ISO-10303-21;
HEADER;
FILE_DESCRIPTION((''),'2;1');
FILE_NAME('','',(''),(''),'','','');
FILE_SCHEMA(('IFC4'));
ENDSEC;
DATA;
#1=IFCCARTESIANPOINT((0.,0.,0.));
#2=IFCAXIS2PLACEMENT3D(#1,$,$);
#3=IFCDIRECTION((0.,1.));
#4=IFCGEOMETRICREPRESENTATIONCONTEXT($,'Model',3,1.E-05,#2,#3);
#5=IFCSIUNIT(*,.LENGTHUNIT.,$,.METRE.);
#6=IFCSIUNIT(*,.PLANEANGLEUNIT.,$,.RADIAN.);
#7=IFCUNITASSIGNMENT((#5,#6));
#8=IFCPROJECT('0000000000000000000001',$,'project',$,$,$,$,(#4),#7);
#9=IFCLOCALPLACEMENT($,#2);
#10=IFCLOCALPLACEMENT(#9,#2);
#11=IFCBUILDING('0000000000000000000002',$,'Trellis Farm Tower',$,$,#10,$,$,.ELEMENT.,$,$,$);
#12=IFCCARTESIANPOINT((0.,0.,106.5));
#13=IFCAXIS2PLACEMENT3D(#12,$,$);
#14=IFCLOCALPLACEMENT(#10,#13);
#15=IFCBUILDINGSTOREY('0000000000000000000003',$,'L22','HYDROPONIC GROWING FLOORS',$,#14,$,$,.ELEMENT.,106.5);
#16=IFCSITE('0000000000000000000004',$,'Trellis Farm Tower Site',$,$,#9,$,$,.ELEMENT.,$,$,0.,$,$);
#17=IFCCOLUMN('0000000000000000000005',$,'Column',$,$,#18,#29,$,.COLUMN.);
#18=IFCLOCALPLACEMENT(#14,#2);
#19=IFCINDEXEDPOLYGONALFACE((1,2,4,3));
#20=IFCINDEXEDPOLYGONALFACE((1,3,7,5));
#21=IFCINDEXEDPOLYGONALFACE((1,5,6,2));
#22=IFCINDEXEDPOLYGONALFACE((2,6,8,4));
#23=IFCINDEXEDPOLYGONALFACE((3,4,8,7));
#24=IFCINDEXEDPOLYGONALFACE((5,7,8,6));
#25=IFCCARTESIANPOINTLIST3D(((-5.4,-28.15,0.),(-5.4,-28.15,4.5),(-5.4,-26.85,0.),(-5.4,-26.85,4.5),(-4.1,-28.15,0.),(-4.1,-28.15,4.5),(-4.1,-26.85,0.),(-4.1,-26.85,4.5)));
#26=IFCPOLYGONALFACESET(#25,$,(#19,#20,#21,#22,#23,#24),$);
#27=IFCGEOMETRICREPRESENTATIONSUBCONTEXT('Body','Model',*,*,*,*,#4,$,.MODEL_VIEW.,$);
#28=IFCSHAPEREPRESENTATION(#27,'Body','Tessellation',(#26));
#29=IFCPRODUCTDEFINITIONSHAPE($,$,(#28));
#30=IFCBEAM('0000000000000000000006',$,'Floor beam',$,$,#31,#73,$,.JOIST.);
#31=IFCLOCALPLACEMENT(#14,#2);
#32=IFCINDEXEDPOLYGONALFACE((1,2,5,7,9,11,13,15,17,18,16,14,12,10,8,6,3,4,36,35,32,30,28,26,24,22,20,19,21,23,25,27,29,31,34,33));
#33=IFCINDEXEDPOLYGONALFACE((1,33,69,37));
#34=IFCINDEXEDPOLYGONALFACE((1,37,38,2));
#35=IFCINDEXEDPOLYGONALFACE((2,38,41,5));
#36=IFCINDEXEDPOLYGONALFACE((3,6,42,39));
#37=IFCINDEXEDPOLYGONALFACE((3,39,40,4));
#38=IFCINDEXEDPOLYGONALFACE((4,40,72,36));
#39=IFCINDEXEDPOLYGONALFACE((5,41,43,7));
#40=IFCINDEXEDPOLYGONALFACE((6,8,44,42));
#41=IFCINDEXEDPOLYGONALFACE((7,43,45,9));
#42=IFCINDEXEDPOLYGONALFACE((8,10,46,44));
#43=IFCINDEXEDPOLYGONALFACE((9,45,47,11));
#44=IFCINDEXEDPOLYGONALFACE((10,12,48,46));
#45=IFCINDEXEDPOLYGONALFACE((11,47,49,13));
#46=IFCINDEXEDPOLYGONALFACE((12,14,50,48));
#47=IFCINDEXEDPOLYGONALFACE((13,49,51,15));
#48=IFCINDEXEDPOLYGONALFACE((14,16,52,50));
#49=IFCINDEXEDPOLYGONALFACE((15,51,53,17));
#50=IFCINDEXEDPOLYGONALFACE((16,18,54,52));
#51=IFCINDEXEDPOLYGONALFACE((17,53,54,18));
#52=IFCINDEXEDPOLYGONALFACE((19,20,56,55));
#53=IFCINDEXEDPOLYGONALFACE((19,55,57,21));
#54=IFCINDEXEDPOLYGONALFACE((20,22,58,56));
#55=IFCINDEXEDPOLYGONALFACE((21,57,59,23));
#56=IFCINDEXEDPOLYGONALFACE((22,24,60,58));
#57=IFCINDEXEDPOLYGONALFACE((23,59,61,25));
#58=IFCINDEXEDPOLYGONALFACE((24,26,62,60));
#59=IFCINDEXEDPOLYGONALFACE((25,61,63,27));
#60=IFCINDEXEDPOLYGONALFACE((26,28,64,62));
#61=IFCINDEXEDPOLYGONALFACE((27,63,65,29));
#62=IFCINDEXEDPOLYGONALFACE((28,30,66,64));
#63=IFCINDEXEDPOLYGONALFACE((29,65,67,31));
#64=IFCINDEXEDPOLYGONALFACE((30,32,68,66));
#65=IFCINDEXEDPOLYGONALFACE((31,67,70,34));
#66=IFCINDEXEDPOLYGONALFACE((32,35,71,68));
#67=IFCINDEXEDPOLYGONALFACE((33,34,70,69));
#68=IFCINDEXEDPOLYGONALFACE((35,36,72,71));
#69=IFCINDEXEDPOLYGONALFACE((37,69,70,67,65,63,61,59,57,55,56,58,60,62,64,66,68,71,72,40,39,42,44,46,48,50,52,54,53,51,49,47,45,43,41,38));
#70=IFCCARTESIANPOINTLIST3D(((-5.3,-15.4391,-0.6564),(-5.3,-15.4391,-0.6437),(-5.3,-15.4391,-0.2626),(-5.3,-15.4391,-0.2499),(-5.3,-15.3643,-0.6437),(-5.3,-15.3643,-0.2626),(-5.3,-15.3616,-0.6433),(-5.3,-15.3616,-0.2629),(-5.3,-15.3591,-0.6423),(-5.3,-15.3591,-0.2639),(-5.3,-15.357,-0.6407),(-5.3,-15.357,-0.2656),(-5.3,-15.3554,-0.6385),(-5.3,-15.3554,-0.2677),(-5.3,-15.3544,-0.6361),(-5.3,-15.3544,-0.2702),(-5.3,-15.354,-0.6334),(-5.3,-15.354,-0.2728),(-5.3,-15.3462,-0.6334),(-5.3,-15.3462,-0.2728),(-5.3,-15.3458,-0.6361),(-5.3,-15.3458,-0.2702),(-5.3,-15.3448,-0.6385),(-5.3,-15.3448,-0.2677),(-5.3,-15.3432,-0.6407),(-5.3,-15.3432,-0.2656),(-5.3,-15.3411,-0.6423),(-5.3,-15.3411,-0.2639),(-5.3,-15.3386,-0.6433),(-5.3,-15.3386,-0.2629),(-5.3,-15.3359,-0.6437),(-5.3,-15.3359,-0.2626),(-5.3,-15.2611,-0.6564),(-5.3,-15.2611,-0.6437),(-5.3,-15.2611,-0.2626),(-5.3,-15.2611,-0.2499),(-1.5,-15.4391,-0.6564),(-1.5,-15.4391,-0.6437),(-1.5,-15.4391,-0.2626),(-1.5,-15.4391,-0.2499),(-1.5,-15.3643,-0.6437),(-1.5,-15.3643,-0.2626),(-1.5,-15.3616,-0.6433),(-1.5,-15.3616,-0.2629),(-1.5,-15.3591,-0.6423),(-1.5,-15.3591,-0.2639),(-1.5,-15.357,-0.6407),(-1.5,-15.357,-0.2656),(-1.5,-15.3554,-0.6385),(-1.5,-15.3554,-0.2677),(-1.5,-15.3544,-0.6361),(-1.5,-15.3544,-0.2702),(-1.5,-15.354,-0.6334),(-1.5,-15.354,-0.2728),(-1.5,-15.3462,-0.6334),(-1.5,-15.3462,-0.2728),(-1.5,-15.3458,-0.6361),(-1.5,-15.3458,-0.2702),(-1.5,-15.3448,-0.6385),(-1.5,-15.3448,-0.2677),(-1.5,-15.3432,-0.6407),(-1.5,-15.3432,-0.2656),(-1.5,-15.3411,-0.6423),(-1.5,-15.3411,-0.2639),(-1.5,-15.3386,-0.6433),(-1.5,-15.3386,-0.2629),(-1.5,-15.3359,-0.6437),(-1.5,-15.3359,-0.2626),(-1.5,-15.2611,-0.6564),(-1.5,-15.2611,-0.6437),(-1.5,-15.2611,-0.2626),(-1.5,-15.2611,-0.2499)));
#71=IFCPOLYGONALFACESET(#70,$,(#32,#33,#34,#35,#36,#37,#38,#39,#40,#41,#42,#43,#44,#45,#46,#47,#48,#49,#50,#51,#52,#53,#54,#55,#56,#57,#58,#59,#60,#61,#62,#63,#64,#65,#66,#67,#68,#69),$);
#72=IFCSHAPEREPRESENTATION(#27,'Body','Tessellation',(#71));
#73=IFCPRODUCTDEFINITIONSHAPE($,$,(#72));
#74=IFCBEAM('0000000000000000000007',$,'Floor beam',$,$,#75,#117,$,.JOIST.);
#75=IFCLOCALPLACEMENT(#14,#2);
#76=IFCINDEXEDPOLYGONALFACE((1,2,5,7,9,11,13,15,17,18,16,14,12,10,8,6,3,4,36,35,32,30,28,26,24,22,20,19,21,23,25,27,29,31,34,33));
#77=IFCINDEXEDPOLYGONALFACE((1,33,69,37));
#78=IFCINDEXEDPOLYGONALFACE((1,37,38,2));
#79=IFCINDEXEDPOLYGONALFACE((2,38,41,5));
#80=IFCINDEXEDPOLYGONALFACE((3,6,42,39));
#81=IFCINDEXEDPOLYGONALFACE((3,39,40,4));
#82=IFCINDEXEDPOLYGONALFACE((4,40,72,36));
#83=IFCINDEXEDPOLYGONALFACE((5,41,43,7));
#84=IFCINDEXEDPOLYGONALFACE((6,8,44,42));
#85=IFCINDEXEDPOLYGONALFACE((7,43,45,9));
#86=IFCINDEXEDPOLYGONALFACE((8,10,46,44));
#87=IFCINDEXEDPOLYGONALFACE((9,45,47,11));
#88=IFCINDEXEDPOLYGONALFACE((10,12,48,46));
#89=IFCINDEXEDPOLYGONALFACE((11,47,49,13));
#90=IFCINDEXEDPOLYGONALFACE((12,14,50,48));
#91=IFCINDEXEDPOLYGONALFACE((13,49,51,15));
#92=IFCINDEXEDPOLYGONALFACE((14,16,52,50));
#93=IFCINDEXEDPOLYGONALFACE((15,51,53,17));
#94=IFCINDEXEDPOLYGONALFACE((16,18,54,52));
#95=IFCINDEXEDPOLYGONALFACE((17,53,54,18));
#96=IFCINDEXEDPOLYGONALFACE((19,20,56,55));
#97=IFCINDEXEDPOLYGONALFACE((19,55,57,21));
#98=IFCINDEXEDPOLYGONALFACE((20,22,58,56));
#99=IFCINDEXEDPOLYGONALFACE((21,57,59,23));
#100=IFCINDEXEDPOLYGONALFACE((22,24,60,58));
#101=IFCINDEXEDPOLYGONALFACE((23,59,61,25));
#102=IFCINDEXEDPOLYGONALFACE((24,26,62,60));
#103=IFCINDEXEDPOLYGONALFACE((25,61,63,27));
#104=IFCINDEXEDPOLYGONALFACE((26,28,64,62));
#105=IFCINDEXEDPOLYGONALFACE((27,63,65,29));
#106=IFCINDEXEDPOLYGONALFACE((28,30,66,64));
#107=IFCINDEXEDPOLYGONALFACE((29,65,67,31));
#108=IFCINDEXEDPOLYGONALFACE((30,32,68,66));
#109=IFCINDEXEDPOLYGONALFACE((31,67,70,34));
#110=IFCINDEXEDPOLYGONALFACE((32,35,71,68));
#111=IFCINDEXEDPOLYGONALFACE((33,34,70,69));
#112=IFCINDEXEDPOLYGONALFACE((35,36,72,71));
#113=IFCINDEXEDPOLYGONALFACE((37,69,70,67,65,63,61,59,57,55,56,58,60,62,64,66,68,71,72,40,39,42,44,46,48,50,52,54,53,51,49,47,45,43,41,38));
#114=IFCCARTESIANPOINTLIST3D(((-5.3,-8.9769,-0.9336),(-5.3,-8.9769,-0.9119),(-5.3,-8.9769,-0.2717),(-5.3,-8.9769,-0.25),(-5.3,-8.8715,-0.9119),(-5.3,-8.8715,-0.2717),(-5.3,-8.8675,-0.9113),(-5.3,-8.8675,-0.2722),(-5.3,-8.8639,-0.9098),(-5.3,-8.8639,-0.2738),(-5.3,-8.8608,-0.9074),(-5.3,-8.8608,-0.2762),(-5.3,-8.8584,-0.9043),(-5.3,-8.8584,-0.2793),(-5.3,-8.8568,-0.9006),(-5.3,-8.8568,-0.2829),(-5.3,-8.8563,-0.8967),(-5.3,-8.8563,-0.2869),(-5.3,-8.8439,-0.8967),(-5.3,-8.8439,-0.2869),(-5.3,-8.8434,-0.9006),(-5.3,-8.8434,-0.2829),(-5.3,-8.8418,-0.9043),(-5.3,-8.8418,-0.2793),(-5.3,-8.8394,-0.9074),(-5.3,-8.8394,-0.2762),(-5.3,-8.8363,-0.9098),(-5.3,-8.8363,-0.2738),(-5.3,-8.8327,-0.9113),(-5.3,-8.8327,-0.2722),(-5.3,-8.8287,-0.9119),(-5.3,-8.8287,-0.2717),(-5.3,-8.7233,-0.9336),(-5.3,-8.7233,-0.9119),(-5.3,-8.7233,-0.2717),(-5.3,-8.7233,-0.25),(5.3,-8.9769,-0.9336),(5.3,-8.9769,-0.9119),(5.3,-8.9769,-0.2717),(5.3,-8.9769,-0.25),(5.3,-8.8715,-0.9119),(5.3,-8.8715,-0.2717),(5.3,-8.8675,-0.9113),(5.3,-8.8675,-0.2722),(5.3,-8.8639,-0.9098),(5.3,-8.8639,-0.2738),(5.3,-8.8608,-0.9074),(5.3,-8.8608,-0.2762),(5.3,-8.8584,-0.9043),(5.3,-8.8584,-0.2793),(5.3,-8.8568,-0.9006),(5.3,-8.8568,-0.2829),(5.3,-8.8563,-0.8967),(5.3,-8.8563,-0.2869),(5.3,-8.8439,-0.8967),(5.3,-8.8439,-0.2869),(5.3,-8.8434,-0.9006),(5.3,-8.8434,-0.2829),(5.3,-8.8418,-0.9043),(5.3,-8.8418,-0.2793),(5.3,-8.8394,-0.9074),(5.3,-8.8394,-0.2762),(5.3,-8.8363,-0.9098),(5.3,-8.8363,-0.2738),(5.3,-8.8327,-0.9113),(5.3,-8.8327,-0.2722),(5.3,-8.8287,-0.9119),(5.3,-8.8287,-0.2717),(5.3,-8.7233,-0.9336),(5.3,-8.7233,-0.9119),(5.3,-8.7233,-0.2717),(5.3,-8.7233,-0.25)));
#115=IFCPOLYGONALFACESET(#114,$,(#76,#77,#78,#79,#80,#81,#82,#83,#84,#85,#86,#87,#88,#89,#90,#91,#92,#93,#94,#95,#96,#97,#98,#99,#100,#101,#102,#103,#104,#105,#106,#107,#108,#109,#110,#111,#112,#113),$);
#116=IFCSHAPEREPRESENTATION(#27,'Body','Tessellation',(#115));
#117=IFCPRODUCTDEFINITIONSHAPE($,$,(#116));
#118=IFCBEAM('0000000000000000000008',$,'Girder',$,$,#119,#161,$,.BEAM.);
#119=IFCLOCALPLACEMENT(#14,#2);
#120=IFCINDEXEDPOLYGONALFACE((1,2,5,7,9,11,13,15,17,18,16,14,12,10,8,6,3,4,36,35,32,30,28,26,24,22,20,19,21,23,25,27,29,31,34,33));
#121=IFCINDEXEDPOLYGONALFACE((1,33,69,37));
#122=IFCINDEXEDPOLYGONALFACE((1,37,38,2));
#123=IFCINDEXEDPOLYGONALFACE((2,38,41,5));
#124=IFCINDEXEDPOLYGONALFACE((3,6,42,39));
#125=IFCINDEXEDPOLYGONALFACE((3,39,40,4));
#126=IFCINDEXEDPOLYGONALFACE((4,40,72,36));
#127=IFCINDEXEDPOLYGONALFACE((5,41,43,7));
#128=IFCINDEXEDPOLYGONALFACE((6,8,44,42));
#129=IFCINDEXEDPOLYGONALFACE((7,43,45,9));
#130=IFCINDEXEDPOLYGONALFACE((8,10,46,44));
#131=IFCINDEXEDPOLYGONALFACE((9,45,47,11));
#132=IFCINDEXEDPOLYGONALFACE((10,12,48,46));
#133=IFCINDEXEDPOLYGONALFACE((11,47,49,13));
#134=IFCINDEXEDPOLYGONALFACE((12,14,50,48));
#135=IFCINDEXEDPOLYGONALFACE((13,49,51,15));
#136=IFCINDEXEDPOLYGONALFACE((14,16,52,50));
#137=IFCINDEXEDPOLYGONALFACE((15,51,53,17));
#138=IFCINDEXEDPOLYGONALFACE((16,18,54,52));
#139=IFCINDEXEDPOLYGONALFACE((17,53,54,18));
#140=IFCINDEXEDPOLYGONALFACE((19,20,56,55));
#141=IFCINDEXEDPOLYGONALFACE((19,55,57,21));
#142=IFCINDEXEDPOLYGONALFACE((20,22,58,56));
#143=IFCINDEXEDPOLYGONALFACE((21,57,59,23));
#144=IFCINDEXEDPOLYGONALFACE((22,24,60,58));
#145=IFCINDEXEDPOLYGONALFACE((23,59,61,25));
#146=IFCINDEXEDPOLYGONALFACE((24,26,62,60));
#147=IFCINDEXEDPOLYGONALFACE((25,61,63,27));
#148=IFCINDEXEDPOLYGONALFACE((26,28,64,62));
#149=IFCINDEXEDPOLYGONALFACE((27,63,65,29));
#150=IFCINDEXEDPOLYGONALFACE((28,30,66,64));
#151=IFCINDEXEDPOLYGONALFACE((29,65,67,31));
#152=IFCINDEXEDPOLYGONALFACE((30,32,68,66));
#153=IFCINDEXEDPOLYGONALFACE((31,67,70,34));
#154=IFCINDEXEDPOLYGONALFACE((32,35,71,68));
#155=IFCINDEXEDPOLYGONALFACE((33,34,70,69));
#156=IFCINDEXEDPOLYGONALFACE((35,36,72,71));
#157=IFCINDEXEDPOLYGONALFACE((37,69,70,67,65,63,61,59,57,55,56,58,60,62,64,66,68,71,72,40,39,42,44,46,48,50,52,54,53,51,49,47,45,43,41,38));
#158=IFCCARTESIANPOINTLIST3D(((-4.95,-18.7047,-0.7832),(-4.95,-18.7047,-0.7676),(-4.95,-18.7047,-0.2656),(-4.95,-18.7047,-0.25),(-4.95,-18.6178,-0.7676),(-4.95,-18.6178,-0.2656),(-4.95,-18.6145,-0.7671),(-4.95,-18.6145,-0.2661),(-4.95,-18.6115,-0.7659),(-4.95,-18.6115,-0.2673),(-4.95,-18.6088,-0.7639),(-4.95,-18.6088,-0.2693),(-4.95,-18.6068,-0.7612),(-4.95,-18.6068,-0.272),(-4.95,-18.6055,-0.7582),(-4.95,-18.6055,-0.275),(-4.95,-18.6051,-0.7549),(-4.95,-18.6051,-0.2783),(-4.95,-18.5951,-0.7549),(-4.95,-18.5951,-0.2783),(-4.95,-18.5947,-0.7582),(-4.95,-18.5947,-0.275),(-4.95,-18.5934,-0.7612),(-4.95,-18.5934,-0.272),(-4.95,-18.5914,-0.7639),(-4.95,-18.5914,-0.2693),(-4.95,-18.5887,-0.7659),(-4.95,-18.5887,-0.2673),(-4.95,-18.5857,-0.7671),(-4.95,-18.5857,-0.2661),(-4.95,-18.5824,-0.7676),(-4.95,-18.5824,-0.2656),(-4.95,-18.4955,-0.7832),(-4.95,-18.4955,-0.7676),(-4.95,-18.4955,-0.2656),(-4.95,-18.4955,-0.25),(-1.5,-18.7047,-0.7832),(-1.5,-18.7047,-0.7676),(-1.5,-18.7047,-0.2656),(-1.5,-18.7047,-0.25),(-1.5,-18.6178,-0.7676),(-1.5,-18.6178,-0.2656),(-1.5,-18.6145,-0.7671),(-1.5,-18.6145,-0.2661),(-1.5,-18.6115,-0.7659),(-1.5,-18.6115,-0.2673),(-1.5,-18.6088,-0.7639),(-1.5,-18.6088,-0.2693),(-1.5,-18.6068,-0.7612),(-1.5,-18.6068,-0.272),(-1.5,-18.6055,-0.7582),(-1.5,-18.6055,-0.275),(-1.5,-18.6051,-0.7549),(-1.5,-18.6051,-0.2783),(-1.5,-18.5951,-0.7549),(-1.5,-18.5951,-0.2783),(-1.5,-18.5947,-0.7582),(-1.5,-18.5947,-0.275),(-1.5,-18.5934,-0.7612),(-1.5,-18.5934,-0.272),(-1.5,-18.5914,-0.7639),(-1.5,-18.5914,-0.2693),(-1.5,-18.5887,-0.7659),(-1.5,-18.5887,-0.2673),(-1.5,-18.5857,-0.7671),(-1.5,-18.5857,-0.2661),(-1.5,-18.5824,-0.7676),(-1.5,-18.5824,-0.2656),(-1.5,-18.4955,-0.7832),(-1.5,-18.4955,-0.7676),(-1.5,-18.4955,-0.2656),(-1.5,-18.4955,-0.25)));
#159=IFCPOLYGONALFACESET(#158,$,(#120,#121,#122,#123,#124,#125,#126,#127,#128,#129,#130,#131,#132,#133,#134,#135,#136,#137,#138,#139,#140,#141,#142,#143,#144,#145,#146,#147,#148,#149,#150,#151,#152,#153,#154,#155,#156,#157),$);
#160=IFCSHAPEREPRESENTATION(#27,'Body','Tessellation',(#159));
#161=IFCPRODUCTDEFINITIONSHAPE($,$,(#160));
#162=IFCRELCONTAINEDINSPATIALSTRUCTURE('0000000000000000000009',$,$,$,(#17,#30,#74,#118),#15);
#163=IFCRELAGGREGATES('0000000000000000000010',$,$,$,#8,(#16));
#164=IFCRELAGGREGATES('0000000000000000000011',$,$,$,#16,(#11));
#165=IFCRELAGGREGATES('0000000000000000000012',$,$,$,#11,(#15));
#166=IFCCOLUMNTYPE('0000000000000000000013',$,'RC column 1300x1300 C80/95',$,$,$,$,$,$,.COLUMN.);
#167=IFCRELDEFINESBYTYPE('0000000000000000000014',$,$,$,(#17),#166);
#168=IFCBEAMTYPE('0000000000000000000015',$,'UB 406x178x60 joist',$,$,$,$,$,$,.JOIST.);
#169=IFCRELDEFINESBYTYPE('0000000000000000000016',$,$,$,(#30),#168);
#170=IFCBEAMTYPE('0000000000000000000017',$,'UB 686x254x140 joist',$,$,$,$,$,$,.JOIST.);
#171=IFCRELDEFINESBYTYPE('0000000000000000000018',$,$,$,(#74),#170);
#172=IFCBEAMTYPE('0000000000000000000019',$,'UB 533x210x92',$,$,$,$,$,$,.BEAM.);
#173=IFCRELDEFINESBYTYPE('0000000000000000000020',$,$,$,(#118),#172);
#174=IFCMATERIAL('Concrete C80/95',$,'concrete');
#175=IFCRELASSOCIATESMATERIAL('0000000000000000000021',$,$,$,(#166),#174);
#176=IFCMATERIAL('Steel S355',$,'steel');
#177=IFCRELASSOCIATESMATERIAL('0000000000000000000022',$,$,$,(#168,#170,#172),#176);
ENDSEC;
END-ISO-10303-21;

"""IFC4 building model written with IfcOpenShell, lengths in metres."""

from ifc_helpers import new_model, si_unit, direction, frame, origin, origin_2d, place, context, subcontext, project, spatial, rectangle, i_section, extrude, source, transform, mapped, material, material_profile, profile_set, type_object, element, save


model = new_model("IFC4")

# Units and contexts
model_context = context("Model", 3, precision=1e-05, world=origin(), true_north=direction((0.0, 1.0)))
body_context = subcontext(model_context, "Body", "Model", "MODEL_VIEW")
ifc_project = project(units=[si_unit("LENGTHUNIT", "METRE"), si_unit("PLANEANGLEUNIT", "RADIAN")], contexts=[model_context])

# Site, building, storey
site_placement = place(None, origin())
site = spatial("IfcSite", under=ifc_project, at=site_placement, Name="Trellis Farm Tower Site", CompositionType="ELEMENT", RefElevation=0.0)
building_placement = place(site_placement, origin())
building = spatial("IfcBuilding", under=site, at=building_placement, Name="Trellis Farm Tower", CompositionType="ELEMENT")
storey_placement = place(building_placement, frame((0.0, 0.0, 106.5)))
storey = spatial("IfcBuildingStorey", under=building, at=storey_placement, Name="L22", Description="HYDROPONIC GROWING FLOORS", CompositionType="ELEMENT", Elevation=106.5)

# Column
ifc_material_1 = material(Name="Concrete C80/95", Category="concrete")
ifc_material_profile_1 = material_profile(ifc_material_1, rectangle(XDim=1.3, YDim=1.3, at=origin_2d()), Name="RC column 1300x1300 C80/95")
ifc_profile_set_1 = profile_set([ifc_material_profile_1], Name="Concrete C80/95")
column_type = type_object("IfcColumnType", Name="RC column 1300x1300 C80/95", PredefinedType="COLUMN", material=ifc_profile_set_1)
shared_shape_1 = source(origin(), body_context, "Body", "SweptSolid", [
    extrude(rectangle(XDim=1.3, YDim=1.3, at=origin_2d()), origin(), (0.0, 0.0, 1.0), 4.5),
])
column_placement = place(storey_placement, frame((-4.75, -27.5, 0.0), z_axis=(0.0, 0.0, 1.0), x_axis=(1.0, 0.0, 0.0)))
element("IfcColumn", 1, at=column_placement, inside=storey, type_object=column_type, Name="Column", PredefinedType="COLUMN", context=body_context, shape_type="MappedRepresentation", body=[
    mapped(shared_shape_1, transform((0.0, 0.0, 0.0))),
])

# Beams
ifc_material_2 = material(Name="Steel S355", Category="steel")
ifc_material_profile_2 = material_profile(ifc_material_2, i_section(OverallWidth=0.178, OverallDepth=0.4065, WebThickness=0.0078, FlangeThickness=0.0127, FilletRadius=0.0103, at=origin_2d()), Name="UB 406x178x60")
ifc_profile_set_2 = profile_set([ifc_material_profile_2], Name="Steel S355")
beam_type_1 = type_object("IfcBeamType", Name="UB 406x178x60 joist", PredefinedType="JOIST", material=ifc_profile_set_2)
shared_shape_2 = source(origin(), body_context, "Body", "SweptSolid", [
    extrude(i_section(OverallWidth=0.178, OverallDepth=0.4065, WebThickness=0.0078, FlangeThickness=0.0127, FilletRadius=0.0103, at=origin_2d()), origin(), (0.0, 0.0, 1.0), 3.8),
])
beam_1_placement = place(storey_placement, frame((-5.3, -15.3501, -0.4531), z_axis=(1.0, 0.0, 0.0), x_axis=(0.0, 1.0, 0.0)))
element("IfcBeam", 2, at=beam_1_placement, inside=storey, type_object=beam_type_1, Name="Floor beam", PredefinedType="JOIST", context=body_context, shape_type="MappedRepresentation", body=[
    mapped(shared_shape_2, transform((0.0, 0.0, 0.0))),
])
ifc_material_profile_3 = material_profile(ifc_material_2, i_section(OverallWidth=0.2537, OverallDepth=0.6836, WebThickness=0.0125, FlangeThickness=0.0217, FilletRadius=0.0151, at=origin_2d()), Name="UB 686x254x140")
ifc_profile_set_3 = profile_set([ifc_material_profile_3], Name="Steel S355")
beam_type_2 = type_object("IfcBeamType", Name="UB 686x254x140 joist", PredefinedType="JOIST", material=ifc_profile_set_3)
shared_shape_3 = source(origin(), body_context, "Body", "SweptSolid", [
    extrude(i_section(OverallWidth=0.2537, OverallDepth=0.6836, WebThickness=0.0125, FlangeThickness=0.0217, FilletRadius=0.0151, at=origin_2d()), origin(), (0.0, 0.0, 1.0), 10.6001),
])
beam_2_placement = place(storey_placement, frame((-5.3, -8.8501, -0.5918), z_axis=(1.0, 0.0, 0.0), x_axis=(0.0, 1.0, 0.0)))
element("IfcBeam", 3, at=beam_2_placement, inside=storey, type_object=beam_type_2, Name="Floor beam", PredefinedType="JOIST", context=body_context, shape_type="MappedRepresentation", body=[
    mapped(shared_shape_3, transform((0.0, 0.0, 0.0))),
])
ifc_material_profile_4 = material_profile(ifc_material_2, i_section(OverallWidth=0.2092, OverallDepth=0.5332, WebThickness=0.01, FlangeThickness=0.0156, FilletRadius=0.0127, at=origin_2d()), Name="UB 533x210x92")
ifc_profile_set_4 = profile_set([ifc_material_profile_4], Name="Steel S355")
beam_type_3 = type_object("IfcBeamType", Name="UB 533x210x92", PredefinedType="BEAM", material=ifc_profile_set_4)
shared_shape_4 = source(origin(), body_context, "Body", "SweptSolid", [
    extrude(i_section(OverallWidth=0.2092, OverallDepth=0.5332, WebThickness=0.01, FlangeThickness=0.0156, FilletRadius=0.0127, at=origin_2d()), origin(), (0.0, 0.0, 1.0), 3.45),
])
beam_3_placement = place(storey_placement, frame((-4.95, -18.6001, -0.5166), z_axis=(1.0, 0.0, 0.0), x_axis=(0.0, 1.0, 0.0)))
element("IfcBeam", 4, at=beam_3_placement, inside=storey, type_object=beam_type_3, Name="Girder", PredefinedType="BEAM", context=body_context, shape_type="MappedRepresentation", body=[
    mapped(shared_shape_4, transform((0.0, 0.0, 0.0))),
])

save(model, "model.ifc")
